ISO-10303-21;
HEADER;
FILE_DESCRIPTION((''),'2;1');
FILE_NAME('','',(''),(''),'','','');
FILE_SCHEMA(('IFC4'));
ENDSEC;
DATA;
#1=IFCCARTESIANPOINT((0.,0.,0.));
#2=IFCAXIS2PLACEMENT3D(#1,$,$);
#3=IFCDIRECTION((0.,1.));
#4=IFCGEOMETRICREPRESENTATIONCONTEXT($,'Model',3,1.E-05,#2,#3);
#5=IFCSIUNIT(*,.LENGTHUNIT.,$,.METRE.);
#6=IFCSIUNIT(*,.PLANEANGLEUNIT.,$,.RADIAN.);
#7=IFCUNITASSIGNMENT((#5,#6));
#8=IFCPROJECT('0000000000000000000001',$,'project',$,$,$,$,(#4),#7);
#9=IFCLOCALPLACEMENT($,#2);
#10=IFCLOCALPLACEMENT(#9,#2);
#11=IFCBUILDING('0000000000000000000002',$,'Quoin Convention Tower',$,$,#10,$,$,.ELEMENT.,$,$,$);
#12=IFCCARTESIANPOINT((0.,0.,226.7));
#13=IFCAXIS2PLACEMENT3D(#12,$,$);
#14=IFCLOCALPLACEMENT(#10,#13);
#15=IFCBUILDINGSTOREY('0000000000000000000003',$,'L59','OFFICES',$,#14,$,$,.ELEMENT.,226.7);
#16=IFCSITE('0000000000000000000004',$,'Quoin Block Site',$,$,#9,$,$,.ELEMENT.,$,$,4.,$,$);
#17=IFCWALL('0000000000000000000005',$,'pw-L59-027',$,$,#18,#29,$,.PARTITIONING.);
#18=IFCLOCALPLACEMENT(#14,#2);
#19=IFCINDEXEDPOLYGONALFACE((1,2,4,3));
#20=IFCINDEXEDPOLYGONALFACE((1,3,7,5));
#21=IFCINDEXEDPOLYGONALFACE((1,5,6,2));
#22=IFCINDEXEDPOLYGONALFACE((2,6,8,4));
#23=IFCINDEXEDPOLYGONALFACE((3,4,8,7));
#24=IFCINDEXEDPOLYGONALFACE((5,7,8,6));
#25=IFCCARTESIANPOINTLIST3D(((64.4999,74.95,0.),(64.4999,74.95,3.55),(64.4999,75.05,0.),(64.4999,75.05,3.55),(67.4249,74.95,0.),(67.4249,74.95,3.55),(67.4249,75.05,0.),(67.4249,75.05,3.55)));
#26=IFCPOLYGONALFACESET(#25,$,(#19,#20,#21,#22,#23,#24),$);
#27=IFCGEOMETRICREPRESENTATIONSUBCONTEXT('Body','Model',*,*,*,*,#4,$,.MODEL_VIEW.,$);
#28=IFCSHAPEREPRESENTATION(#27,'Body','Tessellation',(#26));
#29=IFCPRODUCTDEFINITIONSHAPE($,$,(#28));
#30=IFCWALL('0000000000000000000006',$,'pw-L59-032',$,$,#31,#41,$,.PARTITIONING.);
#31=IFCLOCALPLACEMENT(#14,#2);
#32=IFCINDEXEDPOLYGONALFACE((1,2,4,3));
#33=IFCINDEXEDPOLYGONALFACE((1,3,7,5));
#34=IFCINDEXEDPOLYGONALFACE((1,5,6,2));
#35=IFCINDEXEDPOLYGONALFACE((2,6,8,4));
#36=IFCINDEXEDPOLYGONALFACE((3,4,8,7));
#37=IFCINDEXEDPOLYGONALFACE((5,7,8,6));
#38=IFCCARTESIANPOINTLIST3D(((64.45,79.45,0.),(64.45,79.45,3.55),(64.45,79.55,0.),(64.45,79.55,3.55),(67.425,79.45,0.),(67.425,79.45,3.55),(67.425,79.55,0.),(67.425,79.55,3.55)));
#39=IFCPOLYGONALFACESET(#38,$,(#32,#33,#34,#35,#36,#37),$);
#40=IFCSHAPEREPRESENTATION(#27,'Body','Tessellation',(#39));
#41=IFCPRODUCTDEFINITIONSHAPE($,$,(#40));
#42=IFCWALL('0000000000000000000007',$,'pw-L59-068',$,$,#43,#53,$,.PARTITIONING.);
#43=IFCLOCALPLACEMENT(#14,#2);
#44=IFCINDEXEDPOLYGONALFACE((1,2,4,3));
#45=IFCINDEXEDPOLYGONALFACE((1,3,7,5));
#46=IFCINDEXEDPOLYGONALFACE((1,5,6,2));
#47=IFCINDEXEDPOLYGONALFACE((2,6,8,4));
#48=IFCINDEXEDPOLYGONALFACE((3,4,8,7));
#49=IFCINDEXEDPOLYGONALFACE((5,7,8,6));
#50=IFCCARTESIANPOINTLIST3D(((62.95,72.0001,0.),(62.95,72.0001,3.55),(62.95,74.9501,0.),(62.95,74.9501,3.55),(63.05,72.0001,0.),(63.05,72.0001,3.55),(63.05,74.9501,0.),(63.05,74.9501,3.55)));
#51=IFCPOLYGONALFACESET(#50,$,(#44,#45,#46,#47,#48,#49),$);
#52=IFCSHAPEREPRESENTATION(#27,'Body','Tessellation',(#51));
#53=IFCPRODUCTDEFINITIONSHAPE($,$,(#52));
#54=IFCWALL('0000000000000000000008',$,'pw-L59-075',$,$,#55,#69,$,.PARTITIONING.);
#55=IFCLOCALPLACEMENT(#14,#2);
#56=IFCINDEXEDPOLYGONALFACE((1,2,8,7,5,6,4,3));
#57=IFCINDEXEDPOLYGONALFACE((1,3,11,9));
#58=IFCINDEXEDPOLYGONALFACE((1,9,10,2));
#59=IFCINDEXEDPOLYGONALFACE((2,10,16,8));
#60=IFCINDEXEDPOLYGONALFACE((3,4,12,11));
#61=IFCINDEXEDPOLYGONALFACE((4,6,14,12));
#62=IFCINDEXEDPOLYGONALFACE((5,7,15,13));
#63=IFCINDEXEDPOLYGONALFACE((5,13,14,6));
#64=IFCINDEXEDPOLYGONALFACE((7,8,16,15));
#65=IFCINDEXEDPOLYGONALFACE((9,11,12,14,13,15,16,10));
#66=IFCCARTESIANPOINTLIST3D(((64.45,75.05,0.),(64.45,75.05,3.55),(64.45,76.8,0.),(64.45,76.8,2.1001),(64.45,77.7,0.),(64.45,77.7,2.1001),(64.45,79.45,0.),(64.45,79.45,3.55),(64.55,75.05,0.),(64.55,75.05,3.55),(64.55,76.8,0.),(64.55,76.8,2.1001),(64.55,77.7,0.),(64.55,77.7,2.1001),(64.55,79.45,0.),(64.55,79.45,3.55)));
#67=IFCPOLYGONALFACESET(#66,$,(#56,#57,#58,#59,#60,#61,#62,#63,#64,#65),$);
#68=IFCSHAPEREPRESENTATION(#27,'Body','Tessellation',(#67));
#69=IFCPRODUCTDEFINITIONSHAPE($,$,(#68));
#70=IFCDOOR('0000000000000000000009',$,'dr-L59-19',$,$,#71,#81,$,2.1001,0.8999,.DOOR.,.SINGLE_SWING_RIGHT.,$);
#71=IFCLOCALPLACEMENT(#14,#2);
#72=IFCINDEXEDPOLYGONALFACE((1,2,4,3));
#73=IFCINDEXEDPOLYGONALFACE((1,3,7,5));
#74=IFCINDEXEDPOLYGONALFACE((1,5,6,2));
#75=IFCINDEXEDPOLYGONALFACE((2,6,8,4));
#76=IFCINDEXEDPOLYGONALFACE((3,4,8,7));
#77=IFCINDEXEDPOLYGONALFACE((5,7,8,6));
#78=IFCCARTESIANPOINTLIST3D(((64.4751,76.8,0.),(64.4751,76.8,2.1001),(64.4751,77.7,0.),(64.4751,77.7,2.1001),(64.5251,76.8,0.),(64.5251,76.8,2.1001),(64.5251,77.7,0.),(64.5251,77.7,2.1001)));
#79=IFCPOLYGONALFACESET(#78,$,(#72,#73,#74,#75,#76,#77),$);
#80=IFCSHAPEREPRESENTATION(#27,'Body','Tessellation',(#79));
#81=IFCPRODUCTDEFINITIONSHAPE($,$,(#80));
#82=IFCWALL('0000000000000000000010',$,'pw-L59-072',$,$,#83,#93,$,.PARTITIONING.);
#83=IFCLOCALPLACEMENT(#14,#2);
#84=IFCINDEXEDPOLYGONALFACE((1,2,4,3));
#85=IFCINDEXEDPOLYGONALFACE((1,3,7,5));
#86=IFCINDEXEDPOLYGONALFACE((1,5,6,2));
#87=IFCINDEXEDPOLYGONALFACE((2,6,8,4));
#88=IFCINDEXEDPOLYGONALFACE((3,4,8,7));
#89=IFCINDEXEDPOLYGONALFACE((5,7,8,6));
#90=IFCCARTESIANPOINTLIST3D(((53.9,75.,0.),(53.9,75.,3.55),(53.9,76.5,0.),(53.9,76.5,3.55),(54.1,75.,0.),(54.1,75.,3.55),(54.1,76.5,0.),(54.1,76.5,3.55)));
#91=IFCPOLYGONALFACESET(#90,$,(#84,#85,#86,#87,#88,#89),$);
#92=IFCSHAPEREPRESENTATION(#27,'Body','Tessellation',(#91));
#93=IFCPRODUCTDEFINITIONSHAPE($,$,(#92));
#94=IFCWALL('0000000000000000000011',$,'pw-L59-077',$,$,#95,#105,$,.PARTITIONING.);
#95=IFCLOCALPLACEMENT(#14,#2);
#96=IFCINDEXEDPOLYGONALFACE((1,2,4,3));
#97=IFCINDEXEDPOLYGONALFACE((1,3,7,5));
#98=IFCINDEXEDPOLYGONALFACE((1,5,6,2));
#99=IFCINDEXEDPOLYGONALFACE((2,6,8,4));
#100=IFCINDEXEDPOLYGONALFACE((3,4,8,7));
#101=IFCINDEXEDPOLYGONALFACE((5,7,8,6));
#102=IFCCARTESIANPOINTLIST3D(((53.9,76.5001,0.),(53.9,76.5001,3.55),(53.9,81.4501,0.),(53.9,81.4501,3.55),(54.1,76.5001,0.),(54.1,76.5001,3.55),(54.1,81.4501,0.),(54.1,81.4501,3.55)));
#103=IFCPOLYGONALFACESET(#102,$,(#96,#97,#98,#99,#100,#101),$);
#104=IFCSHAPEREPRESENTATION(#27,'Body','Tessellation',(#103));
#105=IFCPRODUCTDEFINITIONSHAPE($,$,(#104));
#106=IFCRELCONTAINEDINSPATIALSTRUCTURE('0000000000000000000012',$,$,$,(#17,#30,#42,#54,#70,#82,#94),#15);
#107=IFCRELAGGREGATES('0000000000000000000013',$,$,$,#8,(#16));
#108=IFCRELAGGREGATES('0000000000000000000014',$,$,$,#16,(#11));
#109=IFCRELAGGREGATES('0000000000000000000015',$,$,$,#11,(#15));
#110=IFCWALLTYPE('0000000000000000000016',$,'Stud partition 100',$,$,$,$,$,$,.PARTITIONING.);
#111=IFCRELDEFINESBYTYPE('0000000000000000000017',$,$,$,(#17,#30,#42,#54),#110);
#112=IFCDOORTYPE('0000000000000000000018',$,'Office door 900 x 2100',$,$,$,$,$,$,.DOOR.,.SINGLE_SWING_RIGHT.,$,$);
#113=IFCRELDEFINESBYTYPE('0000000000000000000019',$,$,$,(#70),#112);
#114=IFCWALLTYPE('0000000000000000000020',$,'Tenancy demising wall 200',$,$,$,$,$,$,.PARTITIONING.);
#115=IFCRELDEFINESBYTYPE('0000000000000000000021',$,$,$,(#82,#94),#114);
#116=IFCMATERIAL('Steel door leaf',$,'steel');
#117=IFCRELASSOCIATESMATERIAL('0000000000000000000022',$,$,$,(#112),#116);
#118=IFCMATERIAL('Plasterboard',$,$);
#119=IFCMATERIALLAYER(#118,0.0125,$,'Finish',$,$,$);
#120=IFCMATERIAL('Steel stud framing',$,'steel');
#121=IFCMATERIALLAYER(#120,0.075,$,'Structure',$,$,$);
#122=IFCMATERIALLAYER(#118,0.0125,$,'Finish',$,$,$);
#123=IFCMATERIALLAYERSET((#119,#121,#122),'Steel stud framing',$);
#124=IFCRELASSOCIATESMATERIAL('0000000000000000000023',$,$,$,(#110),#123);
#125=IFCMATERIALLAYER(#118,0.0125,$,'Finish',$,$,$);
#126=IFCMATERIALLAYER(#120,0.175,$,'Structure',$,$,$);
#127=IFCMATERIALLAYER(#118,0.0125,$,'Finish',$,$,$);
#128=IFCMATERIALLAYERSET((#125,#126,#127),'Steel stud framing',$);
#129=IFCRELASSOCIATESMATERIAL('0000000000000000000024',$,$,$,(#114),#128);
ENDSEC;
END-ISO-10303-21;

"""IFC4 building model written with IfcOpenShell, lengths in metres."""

from ifc_helpers import new_model, si_unit, direction, frame, frame_2d, origin, place, context, subcontext, project, spatial, rectangle, extrude, material, layer, layer_set, type_object, element, fill, save


model = new_model("IFC4")

# Units and contexts
model_context = context("Model", 3, precision=1e-05, world=origin(), true_north=direction((0.0, 1.0)))
body_context = subcontext(model_context, "Body", "Model", "MODEL_VIEW")
ifc_project = project(units=[si_unit("LENGTHUNIT", "METRE"), si_unit("PLANEANGLEUNIT", "RADIAN")], contexts=[model_context])

# Site, building, storey
site_placement = place(None, origin())
site = spatial("IfcSite", under=ifc_project, at=site_placement, Name="Quoin Block Site", CompositionType="ELEMENT", RefElevation=4.0)
building_placement = place(site_placement, origin())
building = spatial("IfcBuilding", under=site, at=building_placement, Name="Quoin Convention Tower", CompositionType="ELEMENT")
storey_placement = place(building_placement, frame((0.0, 0.0, 226.7)))
storey = spatial("IfcBuildingStorey", under=building, at=storey_placement, Name="L59", Description="OFFICES", CompositionType="ELEMENT", Elevation=226.7)

# Shared definitions
ifc_material_1 = material(Name="Plasterboard")
ifc_material_2 = material(Name="Steel stud framing", Category="steel")
ifc_material_3 = material(Name="Steel door leaf", Category="steel")
door_type = type_object("IfcDoorType", Name="Office door 900 x 2100", OperationType="SINGLE_SWING_RIGHT", PredefinedType="DOOR", material=ifc_material_3)

# Shared definitions
ifc_layer_1 = layer(ifc_material_1, 0.0125, Name="Finish")
ifc_layer_2 = layer(ifc_material_2, 0.075, Name="Structure")
ifc_layer_3 = layer(ifc_material_1, 0.0125, Name="Finish")
ifc_layer_set_1 = layer_set([ifc_layer_1, ifc_layer_2, ifc_layer_3], Name="Steel stud framing")
wall_type_1 = type_object("IfcWallType", Name="Stud partition 100", PredefinedType="PARTITIONING", material=ifc_layer_set_1)

# Walls
wall_1_placement = place(storey_placement, frame((64.5, 75.0, 0.0), z_axis=(0.0, 0.0, 1.0), x_axis=(1.0, 0.0, 0.0)))
element("IfcWall", 1, at=wall_1_placement, inside=storey, type_object=wall_type_1, Name="pw-L59-027", PredefinedType="PARTITIONING", context=body_context, shape_type="SweptSolid", body=[
    extrude(rectangle(XDim=2.925, YDim=0.1001, at=frame_2d((1.4624, 0.0))), origin(), (0.0, 0.0, 1.0), 3.55),
])
wall_2_placement = place(storey_placement, frame((64.45, 79.5, 0.0), z_axis=(0.0, 0.0, 1.0), x_axis=(1.0, 0.0, 0.0)))
element("IfcWall", 2, at=wall_2_placement, inside=storey, type_object=wall_type_1, Name="pw-L59-032", PredefinedType="PARTITIONING", context=body_context, shape_type="SweptSolid", body=[
    extrude(rectangle(XDim=2.9751, YDim=0.1001, at=frame_2d((1.4875, 0.0))), origin(), (0.0, 0.0, 1.0), 3.55),
])
wall_3_placement = place(storey_placement, frame((63.0, 72.0, 0.0), z_axis=(0.0, 0.0, 1.0), x_axis=(0.0, 1.0, 0.0)))
element("IfcWall", 3, at=wall_3_placement, inside=storey, type_object=wall_type_1, Name="pw-L59-068", PredefinedType="PARTITIONING", context=body_context, shape_type="SweptSolid", body=[
    extrude(rectangle(XDim=2.95, YDim=0.1001, at=frame_2d((1.4751, 0.0))), origin(), (0.0, 0.0, 1.0), 3.55),
])

# Wall, opening, door
wall_4_placement = place(storey_placement, frame((64.5, 75.05, 0.0), z_axis=(0.0, 0.0, 1.0), x_axis=(0.0, 1.0, 0.0)))
wall_4 = element("IfcWall", 4, at=wall_4_placement, inside=storey, type_object=wall_type_1, Name="pw-L59-075", PredefinedType="PARTITIONING", context=body_context, shape_type="SweptSolid", body=[
    extrude(rectangle(XDim=4.3999, YDim=0.1001, at=frame_2d((2.2, 0.0))), origin(), (0.0, 0.0, 1.0), 3.55),
])
opening_1_placement = place(wall_4_placement, frame((1.75, 0.0, 0.0)))
opening_1 = element("IfcOpeningElement", 5, at=opening_1_placement, cuts=wall_4, PredefinedType="OPENING", context=body_context, shape_type="SweptSolid", body=[
    extrude(rectangle(XDim=0.8999, YDim=2.1001, at=frame_2d((0.45, 1.05))), frame((0.0, 0.0601, 0.0), z_axis=(0.0, -1.0, 0.0), x_axis=(1.0, 0.0, 0.0)), (0.0, 0.0, 1.0), 0.1201),
])
door_1_placement = place(opening_1_placement, origin())
door_1 = element("IfcDoor", 6, at=door_1_placement, inside=storey, type_object=door_type, Name="dr-L59-19", OperationType="SINGLE_SWING_RIGHT", OverallHeight=2.1001, OverallWidth=0.8999, PredefinedType="DOOR", context=body_context, shape_type="SweptSolid", body=[
    extrude(rectangle(XDim=0.8999, YDim=2.1001, at=frame_2d((0.45, 1.05))), frame((0.0, 0.0249, 0.0), z_axis=(0.0, -1.0, 0.0), x_axis=(1.0, 0.0, 0.0)), (0.0, 0.0, 1.0), 0.05),
])
fill(opening_1, door_1)

# Walls
ifc_layer_4 = layer(ifc_material_1, 0.0125, Name="Finish")
ifc_layer_5 = layer(ifc_material_2, 0.175, Name="Structure")
ifc_layer_6 = layer(ifc_material_1, 0.0125, Name="Finish")
ifc_layer_set_2 = layer_set([ifc_layer_4, ifc_layer_5, ifc_layer_6], Name="Steel stud framing")
wall_type_2 = type_object("IfcWallType", Name="Tenancy demising wall 200", PredefinedType="PARTITIONING", material=ifc_layer_set_2)
wall_5_placement = place(storey_placement, frame((54.0, 75.0, 0.0), z_axis=(0.0, 0.0, 1.0), x_axis=(0.0, 1.0, 0.0)))
element("IfcWall", 7, at=wall_5_placement, inside=storey, type_object=wall_type_2, Name="pw-L59-072", PredefinedType="PARTITIONING", context=body_context, shape_type="SweptSolid", body=[
    extrude(rectangle(XDim=1.5, YDim=0.2, at=frame_2d((0.75, 0.0))), origin(), (0.0, 0.0, 1.0), 3.55),
])
wall_6_placement = place(storey_placement, frame((54.0, 76.5, 0.0), z_axis=(0.0, 0.0, 1.0), x_axis=(0.0, 1.0, 0.0)))
element("IfcWall", 8, at=wall_6_placement, inside=storey, type_object=wall_type_2, Name="pw-L59-077", PredefinedType="PARTITIONING", context=body_context, shape_type="SweptSolid", body=[
    extrude(rectangle(XDim=4.95, YDim=0.2, at=frame_2d((2.4751, 0.0))), origin(), (0.0, 0.0, 1.0), 3.55),
])

save(model, "model.ifc")
